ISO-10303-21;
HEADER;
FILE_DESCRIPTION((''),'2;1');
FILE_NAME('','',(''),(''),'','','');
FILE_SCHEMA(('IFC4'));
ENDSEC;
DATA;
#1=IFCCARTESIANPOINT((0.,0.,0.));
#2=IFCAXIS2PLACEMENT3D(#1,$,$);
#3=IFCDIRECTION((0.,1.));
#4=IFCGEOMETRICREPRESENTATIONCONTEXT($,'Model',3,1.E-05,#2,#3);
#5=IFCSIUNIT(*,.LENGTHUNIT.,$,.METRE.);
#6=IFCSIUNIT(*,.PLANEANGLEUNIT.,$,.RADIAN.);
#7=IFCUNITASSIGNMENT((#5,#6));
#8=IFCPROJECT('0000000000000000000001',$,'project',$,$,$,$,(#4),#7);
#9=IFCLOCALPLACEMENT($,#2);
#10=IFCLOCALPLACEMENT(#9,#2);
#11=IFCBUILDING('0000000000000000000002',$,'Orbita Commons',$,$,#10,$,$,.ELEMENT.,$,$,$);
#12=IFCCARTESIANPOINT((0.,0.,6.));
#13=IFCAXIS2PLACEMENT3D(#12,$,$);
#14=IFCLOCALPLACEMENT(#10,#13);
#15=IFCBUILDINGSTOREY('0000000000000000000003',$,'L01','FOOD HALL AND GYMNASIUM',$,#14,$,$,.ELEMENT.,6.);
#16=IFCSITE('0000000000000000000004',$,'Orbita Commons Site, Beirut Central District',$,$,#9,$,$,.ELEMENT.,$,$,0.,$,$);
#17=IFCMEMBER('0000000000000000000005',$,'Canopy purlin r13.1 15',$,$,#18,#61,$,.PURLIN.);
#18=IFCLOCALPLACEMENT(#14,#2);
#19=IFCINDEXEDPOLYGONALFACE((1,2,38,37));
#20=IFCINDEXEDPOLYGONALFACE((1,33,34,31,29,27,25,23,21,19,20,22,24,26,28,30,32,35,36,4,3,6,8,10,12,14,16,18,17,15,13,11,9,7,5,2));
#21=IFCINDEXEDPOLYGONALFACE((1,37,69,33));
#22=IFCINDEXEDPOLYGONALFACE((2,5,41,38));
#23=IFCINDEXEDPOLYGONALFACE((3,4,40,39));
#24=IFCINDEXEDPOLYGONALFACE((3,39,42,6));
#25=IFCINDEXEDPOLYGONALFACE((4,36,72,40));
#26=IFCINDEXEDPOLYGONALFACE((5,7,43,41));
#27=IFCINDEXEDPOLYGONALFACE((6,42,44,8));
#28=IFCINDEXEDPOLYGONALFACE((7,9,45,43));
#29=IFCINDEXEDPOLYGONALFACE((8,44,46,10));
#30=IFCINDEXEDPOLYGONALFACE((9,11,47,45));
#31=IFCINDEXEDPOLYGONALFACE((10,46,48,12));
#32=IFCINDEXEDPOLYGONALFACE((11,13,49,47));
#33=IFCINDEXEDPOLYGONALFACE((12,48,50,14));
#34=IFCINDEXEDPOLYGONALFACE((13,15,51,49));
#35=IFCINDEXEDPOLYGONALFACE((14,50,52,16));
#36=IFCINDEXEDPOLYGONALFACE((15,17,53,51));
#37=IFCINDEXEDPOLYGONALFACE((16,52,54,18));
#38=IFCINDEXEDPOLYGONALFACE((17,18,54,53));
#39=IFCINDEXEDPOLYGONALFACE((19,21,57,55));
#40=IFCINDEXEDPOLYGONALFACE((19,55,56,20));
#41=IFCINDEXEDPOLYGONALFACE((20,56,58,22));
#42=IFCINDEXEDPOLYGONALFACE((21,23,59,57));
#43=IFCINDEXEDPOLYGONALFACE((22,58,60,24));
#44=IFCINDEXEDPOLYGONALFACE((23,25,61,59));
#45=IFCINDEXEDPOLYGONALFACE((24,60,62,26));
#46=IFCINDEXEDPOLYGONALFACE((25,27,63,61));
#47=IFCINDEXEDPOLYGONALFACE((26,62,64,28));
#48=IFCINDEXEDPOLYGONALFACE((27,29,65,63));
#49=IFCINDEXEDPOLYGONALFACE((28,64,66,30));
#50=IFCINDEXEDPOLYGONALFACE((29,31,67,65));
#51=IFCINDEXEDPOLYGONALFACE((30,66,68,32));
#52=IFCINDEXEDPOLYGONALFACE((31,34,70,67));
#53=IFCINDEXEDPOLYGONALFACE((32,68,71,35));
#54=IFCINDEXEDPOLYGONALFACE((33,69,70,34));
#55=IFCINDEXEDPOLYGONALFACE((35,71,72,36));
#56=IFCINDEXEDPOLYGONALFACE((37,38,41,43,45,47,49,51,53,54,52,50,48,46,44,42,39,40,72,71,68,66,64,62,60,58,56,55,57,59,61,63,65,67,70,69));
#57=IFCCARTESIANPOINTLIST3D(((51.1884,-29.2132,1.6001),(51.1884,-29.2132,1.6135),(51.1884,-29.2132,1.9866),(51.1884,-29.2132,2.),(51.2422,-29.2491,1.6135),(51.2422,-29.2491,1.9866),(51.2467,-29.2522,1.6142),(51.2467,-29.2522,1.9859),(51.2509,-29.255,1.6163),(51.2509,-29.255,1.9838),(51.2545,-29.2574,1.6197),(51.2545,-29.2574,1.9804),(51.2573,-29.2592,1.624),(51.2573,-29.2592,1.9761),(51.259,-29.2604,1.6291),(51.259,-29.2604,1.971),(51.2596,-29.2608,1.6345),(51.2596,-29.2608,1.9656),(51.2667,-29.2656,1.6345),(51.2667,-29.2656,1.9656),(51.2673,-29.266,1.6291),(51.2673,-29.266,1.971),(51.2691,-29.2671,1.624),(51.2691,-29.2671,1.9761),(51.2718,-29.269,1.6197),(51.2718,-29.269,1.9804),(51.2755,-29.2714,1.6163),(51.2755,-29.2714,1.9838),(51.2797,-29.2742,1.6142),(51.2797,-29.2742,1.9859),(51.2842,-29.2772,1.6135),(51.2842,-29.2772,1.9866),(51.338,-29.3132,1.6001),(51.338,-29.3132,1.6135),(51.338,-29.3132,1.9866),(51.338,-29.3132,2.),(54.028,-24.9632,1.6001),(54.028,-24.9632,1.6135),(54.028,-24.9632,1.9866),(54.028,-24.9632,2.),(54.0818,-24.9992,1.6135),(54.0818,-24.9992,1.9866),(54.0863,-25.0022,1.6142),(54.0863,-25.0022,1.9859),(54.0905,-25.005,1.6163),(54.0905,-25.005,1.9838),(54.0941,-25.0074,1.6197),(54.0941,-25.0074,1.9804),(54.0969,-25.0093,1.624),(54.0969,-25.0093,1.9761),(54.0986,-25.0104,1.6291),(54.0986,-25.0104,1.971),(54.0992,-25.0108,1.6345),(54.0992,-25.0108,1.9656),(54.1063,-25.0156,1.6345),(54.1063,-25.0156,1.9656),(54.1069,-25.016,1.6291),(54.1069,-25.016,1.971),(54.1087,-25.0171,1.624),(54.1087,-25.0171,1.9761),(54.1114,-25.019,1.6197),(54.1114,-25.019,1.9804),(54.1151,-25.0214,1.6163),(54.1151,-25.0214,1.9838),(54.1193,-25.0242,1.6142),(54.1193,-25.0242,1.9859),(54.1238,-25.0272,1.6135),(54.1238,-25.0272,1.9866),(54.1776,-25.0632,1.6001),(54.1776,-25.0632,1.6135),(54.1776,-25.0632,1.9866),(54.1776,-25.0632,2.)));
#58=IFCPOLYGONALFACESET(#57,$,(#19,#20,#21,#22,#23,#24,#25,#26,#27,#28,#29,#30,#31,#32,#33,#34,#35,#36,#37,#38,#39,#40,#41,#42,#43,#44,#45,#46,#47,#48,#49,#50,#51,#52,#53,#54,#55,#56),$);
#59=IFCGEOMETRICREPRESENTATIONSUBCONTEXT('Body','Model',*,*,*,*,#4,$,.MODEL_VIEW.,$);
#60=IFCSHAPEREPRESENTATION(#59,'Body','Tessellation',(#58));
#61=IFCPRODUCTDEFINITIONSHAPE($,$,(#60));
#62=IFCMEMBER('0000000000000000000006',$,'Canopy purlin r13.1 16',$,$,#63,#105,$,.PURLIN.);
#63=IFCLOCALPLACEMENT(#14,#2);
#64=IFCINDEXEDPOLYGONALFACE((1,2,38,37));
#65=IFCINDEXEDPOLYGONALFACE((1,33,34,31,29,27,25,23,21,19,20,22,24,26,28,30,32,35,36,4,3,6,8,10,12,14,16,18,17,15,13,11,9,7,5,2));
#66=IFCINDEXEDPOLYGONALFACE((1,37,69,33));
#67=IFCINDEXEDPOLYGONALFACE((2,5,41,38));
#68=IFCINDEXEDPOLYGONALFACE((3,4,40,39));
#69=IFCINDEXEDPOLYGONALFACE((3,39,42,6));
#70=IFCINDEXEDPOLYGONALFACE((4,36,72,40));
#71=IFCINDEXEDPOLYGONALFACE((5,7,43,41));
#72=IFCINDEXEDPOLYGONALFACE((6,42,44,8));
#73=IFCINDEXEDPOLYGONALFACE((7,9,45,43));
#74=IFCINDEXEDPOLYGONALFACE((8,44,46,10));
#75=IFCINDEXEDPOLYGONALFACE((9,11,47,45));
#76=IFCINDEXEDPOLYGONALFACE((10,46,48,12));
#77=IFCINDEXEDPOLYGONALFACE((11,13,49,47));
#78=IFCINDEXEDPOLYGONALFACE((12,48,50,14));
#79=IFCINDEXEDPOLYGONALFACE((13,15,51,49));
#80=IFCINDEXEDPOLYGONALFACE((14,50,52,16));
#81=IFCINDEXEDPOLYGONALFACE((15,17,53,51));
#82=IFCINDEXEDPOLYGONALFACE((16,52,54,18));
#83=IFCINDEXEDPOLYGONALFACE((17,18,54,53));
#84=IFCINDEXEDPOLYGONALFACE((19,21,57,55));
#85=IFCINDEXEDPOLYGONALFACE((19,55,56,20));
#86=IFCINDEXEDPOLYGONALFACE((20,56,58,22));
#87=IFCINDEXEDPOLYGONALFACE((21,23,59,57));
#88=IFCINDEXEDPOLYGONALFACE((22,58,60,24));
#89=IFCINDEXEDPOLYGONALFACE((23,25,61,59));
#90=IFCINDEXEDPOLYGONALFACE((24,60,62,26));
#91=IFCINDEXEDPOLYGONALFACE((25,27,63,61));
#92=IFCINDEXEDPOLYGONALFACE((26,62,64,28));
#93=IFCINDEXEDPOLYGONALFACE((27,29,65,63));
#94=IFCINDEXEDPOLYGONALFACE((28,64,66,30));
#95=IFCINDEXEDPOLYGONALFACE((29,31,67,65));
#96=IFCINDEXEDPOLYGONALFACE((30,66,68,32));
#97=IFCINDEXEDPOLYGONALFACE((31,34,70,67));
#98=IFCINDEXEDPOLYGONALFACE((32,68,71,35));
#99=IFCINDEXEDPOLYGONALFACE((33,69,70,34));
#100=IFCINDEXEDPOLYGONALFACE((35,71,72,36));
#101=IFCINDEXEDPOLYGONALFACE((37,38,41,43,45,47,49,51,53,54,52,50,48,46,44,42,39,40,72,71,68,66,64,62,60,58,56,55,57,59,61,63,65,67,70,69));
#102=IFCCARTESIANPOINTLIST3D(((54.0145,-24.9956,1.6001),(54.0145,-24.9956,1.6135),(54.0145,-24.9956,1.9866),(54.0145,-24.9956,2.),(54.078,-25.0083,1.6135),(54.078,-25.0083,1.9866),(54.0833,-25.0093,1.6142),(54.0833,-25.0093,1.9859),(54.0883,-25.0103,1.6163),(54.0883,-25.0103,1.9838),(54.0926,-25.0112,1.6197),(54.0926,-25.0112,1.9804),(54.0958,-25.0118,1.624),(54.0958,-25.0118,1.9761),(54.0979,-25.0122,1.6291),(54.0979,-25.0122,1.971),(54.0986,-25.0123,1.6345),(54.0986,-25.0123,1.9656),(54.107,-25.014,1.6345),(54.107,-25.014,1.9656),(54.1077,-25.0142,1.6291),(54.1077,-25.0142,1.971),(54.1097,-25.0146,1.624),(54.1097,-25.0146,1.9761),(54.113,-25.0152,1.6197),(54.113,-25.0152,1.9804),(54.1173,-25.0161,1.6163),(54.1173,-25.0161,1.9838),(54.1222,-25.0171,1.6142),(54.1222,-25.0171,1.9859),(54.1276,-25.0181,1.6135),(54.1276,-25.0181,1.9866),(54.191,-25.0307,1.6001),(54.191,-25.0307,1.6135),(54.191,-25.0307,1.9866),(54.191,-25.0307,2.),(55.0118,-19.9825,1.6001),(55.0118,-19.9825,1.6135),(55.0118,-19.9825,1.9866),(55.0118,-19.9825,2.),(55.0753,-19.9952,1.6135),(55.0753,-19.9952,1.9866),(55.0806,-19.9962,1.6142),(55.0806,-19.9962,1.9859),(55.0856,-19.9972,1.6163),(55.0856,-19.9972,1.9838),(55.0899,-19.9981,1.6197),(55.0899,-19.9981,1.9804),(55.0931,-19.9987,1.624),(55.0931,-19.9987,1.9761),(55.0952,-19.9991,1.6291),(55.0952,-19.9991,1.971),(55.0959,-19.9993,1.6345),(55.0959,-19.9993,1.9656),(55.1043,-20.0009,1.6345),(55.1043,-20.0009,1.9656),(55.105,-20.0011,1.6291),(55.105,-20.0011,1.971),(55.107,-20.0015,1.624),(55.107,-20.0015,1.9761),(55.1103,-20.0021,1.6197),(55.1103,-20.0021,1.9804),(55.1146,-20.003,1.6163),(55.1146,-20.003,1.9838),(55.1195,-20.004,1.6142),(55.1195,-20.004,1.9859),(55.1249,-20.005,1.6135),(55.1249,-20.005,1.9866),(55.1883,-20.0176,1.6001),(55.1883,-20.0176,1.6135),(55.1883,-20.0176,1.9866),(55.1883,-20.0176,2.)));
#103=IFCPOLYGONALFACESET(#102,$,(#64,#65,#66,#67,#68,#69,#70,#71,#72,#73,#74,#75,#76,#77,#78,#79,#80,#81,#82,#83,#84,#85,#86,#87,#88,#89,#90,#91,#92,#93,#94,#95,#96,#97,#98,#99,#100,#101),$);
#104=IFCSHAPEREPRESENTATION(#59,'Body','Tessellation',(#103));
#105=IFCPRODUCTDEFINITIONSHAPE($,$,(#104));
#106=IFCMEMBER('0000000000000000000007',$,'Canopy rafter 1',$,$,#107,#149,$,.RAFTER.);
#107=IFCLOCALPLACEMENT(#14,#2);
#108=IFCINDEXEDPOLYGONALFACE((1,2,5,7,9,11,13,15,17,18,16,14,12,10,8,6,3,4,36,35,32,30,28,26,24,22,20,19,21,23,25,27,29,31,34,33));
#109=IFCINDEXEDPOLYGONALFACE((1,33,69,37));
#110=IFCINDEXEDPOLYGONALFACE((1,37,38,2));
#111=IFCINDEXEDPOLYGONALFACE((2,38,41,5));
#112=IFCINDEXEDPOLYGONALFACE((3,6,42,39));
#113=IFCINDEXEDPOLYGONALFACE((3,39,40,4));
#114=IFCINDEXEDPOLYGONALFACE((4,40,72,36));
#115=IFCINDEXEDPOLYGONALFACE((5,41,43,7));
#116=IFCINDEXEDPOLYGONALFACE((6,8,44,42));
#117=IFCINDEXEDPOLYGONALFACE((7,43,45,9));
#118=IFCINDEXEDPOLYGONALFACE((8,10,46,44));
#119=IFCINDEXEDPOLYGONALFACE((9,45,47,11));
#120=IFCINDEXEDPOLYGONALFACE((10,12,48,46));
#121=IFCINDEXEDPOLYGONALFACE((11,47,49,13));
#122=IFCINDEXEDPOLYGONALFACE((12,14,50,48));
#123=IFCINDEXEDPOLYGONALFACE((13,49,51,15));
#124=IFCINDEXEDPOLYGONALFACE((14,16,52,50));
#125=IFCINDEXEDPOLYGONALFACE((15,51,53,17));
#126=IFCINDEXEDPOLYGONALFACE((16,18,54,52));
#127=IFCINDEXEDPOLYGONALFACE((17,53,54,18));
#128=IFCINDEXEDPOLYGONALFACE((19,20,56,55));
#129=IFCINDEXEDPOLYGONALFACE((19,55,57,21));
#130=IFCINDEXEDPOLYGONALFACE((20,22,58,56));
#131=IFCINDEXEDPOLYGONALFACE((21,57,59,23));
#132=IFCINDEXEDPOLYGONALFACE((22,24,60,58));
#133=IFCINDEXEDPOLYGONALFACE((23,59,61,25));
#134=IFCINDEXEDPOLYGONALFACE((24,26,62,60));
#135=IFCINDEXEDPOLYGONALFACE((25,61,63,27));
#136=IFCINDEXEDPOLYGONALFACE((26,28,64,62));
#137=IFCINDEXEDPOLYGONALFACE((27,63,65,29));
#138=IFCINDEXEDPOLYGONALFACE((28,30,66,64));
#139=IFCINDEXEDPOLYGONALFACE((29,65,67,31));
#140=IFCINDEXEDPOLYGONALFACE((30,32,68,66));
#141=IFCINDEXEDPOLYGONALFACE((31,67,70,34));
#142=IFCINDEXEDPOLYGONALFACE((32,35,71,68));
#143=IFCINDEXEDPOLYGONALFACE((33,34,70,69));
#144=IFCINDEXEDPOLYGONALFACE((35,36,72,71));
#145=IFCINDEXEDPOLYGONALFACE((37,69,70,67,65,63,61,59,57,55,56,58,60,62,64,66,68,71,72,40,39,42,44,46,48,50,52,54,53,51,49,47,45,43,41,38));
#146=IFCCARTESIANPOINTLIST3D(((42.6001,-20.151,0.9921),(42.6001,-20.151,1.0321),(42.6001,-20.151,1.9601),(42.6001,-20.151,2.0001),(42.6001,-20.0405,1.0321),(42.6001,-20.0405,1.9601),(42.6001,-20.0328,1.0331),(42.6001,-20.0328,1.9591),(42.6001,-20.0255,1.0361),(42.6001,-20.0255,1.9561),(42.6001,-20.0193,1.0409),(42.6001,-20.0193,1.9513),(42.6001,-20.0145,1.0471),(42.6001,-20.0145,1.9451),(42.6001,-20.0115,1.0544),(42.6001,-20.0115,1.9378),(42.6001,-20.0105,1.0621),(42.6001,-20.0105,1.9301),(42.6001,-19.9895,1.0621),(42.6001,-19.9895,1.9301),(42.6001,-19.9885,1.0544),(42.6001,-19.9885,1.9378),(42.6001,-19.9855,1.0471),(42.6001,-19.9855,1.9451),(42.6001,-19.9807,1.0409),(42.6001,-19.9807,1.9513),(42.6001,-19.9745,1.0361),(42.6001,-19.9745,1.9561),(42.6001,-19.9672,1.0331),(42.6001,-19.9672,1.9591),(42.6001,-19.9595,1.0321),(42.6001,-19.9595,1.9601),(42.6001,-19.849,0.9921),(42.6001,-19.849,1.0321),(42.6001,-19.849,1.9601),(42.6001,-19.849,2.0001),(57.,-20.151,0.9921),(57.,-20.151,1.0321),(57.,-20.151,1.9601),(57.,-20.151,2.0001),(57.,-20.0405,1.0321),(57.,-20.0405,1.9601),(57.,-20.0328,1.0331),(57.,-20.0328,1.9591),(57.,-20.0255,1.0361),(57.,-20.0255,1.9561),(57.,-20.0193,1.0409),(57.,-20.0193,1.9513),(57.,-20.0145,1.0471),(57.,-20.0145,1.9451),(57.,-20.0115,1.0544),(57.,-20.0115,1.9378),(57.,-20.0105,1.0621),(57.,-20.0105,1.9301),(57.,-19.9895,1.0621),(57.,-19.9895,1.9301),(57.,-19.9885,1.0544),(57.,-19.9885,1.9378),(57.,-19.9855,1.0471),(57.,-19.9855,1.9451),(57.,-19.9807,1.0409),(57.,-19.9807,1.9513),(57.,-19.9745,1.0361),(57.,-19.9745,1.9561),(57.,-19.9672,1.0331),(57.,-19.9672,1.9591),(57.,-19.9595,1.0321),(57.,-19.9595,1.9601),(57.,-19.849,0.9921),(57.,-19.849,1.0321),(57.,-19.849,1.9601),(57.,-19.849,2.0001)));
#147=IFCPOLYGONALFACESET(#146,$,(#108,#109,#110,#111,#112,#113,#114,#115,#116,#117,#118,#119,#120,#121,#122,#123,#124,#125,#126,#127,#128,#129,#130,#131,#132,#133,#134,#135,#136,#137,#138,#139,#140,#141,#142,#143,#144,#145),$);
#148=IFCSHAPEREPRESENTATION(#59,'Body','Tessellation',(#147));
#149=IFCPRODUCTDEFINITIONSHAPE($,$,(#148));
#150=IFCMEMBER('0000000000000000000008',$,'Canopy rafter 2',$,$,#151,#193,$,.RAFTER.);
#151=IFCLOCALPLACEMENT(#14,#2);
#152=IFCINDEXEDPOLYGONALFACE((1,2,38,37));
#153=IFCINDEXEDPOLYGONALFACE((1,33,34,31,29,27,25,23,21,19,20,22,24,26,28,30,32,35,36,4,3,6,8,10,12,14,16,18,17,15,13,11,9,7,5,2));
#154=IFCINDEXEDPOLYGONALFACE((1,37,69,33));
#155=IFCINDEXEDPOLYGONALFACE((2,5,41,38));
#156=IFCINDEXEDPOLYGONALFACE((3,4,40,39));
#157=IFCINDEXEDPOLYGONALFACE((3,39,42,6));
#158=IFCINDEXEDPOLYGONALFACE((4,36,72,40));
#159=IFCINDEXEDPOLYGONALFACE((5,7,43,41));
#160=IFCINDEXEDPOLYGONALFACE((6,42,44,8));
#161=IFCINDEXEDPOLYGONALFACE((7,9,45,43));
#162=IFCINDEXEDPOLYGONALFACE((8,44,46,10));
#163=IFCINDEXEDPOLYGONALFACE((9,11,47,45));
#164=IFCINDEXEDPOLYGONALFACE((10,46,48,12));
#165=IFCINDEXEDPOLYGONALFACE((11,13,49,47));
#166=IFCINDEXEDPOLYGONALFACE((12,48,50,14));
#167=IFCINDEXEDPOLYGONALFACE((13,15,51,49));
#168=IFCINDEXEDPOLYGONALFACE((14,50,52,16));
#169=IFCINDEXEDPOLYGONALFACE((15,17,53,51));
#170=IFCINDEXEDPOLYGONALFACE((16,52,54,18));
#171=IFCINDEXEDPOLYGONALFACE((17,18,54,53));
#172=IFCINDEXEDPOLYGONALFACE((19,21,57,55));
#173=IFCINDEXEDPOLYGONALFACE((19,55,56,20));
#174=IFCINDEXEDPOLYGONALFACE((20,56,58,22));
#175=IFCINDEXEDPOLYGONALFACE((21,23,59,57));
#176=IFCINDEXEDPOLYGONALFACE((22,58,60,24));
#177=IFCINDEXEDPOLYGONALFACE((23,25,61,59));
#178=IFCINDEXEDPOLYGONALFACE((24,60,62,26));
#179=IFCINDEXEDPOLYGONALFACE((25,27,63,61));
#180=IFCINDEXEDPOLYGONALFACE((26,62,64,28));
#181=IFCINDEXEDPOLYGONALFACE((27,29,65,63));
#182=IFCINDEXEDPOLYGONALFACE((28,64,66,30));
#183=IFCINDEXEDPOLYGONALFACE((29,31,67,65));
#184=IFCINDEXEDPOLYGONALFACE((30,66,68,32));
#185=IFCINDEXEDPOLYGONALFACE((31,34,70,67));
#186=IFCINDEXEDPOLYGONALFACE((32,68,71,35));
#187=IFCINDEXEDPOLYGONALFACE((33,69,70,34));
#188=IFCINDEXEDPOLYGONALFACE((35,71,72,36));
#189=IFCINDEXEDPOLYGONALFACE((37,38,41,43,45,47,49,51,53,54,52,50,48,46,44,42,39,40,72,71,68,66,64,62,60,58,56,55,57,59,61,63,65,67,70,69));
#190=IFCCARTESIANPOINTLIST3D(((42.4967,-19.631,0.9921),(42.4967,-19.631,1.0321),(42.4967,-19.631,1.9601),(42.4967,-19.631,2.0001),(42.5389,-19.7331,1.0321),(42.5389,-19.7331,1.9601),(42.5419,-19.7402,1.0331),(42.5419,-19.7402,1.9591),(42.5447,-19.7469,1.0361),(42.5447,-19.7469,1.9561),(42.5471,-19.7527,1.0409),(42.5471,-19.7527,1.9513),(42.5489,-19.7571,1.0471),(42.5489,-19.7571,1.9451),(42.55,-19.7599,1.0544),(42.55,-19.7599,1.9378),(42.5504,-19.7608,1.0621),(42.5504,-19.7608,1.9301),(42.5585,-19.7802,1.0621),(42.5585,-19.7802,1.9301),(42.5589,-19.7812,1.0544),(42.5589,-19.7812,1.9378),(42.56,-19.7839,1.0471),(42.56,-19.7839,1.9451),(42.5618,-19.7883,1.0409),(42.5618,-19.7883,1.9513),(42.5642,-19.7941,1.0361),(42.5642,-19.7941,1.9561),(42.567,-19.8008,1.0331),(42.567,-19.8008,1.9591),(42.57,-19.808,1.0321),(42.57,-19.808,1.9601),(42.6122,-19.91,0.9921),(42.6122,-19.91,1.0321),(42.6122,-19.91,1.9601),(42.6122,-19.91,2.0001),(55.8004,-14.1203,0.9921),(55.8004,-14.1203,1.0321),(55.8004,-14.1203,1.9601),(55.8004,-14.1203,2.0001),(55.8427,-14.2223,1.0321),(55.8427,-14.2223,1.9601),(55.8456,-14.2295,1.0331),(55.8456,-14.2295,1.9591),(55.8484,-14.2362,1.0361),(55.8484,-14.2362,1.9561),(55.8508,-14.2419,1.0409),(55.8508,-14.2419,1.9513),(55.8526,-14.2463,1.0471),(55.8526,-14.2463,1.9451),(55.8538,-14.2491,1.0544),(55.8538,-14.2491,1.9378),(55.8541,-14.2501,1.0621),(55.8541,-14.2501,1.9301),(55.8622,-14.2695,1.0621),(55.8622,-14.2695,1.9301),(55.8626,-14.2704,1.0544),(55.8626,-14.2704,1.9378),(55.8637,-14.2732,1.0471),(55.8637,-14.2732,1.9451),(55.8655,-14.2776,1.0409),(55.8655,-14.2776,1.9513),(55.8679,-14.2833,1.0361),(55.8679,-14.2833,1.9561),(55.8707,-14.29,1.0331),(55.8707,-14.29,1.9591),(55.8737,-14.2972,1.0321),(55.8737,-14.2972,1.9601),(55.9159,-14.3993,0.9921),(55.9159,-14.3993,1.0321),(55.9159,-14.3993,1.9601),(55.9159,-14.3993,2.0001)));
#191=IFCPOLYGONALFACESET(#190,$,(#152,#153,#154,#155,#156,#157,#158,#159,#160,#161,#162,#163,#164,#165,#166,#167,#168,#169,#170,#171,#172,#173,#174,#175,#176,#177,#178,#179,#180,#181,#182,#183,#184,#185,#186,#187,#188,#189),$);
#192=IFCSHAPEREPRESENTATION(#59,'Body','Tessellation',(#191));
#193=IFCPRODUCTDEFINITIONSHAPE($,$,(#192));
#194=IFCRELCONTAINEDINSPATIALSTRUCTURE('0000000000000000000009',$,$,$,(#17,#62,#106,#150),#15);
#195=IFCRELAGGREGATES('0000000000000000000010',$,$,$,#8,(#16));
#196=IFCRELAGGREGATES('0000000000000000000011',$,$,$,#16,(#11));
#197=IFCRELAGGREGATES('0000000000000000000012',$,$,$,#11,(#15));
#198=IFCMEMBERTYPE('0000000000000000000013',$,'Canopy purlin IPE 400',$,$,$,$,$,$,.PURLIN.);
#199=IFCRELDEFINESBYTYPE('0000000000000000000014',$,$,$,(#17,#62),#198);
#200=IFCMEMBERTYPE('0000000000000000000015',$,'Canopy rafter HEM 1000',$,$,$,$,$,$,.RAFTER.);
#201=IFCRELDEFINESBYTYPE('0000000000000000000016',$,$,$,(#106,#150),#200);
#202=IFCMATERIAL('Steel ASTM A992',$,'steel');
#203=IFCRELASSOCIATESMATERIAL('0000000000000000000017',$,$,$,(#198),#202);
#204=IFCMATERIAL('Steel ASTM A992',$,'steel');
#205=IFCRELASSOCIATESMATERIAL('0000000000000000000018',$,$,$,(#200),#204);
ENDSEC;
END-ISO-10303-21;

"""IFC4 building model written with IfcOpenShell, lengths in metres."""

from ifc_helpers import new_model, si_unit, direction, frame, origin, origin_2d, place, context, subcontext, project, spatial, i_section, extrude, material, material_profile, profile_set, type_object, element, save


model = new_model("IFC4")

# Units and contexts
model_context = context("Model", 3, precision=1e-05, world=origin(), true_north=direction((0.0, 1.0)))
body_context = subcontext(model_context, "Body", "Model", "MODEL_VIEW")
ifc_project = project(units=[si_unit("LENGTHUNIT", "METRE"), si_unit("PLANEANGLEUNIT", "RADIAN")], contexts=[model_context])

# Site, building, storey
site_placement = place(None, origin())
site = spatial("IfcSite", under=ifc_project, at=site_placement, Name="Orbita Commons Site, Beirut Central District", CompositionType="ELEMENT", RefElevation=0.0)
building_placement = place(site_placement, origin())
building = spatial("IfcBuilding", under=site, at=building_placement, Name="Orbita Commons", CompositionType="ELEMENT")
storey_placement = place(building_placement, frame((0.0, 0.0, 6.0)))
storey = spatial("IfcBuildingStorey", under=building, at=storey_placement, Name="L01", Description="FOOD HALL AND GYMNASIUM", CompositionType="ELEMENT", Elevation=6.0)

# Members
ifc_material_1 = material(Name="Steel ASTM A992", Category="steel")
ifc_material_profile_1 = material_profile(ifc_material_1, i_section(OverallWidth=0.1799, OverallDepth=0.3999, WebThickness=0.0085, FlangeThickness=0.0134, FilletRadius=0.021, at=origin_2d()), Name="IPE 400")
ifc_profile_set_1 = profile_set([ifc_material_profile_1], Name="Steel ASTM A992")
member_type_1 = type_object("IfcMemberType", Name="Canopy purlin IPE 400", PredefinedType="PURLIN", material=ifc_profile_set_1)
for number, where, z_axis, x_axis, name in (
    (1, (51.2632, -29.2632, 1.8), (0.555549, 0.831484, 0.0), (-0.831484, 0.555549, 0.0), "Canopy purlin r13.1 15"),
    (2, (54.1028, -25.0132, 1.8), (0.195115, 0.98078, 0.0), (-0.98078, 0.195115, 0.0), "Canopy purlin r13.1 16"),
):
    element("IfcMember", number, at=place(storey_placement, frame(where, z_axis=z_axis, x_axis=x_axis)), inside=storey, type_object=member_type_1, Name=name, PredefinedType="PURLIN", context=body_context, shape_type="SweptSolid", body=[
        extrude(i_section(OverallWidth=0.1799, OverallDepth=0.3999, WebThickness=0.0085, FlangeThickness=0.0134, FilletRadius=0.021, at=origin_2d()), origin(), (0.0, 0.0, 1.0), 5.1113),
    ])
ifc_material_2 = material(Name="Steel ASTM A992", Category="steel")
ifc_material_profile_2 = material_profile(ifc_material_2, i_section(OverallWidth=0.302, OverallDepth=1.0081, WebThickness=0.021, FlangeThickness=0.04, FilletRadius=0.03, at=origin_2d()), Name="HEM 1000")
ifc_profile_set_2 = profile_set([ifc_material_profile_2], Name="Steel ASTM A992")
member_type_2 = type_object("IfcMemberType", Name="Canopy rafter HEM 1000", PredefinedType="RAFTER", material=ifc_profile_set_2)
for number, where, z_axis, x_axis, name in (
    (3, (42.6001, -20.0, 1.4961), (1.0, 0.0, 0.0), (0.0, 1.0, 0.0), "Canopy rafter 1"),
    (4, (42.5544, -19.7705, 1.4961), (0.923875, 0.382693, 0.0), (-0.382693, 0.923875, 0.0), "Canopy rafter 2"),
):
    element("IfcMember", number, at=place(storey_placement, frame(where, z_axis=z_axis, x_axis=x_axis)), inside=storey, type_object=member_type_2, Name=name, PredefinedType="RAFTER", context=body_context, shape_type="SweptSolid", body=[
        extrude(i_section(OverallWidth=0.302, OverallDepth=1.0081, WebThickness=0.021, FlangeThickness=0.04, FilletRadius=0.03, at=origin_2d()), origin(), (0.0, 0.0, 1.0), 14.3999),
    ])

save(model, "model.ifc")
